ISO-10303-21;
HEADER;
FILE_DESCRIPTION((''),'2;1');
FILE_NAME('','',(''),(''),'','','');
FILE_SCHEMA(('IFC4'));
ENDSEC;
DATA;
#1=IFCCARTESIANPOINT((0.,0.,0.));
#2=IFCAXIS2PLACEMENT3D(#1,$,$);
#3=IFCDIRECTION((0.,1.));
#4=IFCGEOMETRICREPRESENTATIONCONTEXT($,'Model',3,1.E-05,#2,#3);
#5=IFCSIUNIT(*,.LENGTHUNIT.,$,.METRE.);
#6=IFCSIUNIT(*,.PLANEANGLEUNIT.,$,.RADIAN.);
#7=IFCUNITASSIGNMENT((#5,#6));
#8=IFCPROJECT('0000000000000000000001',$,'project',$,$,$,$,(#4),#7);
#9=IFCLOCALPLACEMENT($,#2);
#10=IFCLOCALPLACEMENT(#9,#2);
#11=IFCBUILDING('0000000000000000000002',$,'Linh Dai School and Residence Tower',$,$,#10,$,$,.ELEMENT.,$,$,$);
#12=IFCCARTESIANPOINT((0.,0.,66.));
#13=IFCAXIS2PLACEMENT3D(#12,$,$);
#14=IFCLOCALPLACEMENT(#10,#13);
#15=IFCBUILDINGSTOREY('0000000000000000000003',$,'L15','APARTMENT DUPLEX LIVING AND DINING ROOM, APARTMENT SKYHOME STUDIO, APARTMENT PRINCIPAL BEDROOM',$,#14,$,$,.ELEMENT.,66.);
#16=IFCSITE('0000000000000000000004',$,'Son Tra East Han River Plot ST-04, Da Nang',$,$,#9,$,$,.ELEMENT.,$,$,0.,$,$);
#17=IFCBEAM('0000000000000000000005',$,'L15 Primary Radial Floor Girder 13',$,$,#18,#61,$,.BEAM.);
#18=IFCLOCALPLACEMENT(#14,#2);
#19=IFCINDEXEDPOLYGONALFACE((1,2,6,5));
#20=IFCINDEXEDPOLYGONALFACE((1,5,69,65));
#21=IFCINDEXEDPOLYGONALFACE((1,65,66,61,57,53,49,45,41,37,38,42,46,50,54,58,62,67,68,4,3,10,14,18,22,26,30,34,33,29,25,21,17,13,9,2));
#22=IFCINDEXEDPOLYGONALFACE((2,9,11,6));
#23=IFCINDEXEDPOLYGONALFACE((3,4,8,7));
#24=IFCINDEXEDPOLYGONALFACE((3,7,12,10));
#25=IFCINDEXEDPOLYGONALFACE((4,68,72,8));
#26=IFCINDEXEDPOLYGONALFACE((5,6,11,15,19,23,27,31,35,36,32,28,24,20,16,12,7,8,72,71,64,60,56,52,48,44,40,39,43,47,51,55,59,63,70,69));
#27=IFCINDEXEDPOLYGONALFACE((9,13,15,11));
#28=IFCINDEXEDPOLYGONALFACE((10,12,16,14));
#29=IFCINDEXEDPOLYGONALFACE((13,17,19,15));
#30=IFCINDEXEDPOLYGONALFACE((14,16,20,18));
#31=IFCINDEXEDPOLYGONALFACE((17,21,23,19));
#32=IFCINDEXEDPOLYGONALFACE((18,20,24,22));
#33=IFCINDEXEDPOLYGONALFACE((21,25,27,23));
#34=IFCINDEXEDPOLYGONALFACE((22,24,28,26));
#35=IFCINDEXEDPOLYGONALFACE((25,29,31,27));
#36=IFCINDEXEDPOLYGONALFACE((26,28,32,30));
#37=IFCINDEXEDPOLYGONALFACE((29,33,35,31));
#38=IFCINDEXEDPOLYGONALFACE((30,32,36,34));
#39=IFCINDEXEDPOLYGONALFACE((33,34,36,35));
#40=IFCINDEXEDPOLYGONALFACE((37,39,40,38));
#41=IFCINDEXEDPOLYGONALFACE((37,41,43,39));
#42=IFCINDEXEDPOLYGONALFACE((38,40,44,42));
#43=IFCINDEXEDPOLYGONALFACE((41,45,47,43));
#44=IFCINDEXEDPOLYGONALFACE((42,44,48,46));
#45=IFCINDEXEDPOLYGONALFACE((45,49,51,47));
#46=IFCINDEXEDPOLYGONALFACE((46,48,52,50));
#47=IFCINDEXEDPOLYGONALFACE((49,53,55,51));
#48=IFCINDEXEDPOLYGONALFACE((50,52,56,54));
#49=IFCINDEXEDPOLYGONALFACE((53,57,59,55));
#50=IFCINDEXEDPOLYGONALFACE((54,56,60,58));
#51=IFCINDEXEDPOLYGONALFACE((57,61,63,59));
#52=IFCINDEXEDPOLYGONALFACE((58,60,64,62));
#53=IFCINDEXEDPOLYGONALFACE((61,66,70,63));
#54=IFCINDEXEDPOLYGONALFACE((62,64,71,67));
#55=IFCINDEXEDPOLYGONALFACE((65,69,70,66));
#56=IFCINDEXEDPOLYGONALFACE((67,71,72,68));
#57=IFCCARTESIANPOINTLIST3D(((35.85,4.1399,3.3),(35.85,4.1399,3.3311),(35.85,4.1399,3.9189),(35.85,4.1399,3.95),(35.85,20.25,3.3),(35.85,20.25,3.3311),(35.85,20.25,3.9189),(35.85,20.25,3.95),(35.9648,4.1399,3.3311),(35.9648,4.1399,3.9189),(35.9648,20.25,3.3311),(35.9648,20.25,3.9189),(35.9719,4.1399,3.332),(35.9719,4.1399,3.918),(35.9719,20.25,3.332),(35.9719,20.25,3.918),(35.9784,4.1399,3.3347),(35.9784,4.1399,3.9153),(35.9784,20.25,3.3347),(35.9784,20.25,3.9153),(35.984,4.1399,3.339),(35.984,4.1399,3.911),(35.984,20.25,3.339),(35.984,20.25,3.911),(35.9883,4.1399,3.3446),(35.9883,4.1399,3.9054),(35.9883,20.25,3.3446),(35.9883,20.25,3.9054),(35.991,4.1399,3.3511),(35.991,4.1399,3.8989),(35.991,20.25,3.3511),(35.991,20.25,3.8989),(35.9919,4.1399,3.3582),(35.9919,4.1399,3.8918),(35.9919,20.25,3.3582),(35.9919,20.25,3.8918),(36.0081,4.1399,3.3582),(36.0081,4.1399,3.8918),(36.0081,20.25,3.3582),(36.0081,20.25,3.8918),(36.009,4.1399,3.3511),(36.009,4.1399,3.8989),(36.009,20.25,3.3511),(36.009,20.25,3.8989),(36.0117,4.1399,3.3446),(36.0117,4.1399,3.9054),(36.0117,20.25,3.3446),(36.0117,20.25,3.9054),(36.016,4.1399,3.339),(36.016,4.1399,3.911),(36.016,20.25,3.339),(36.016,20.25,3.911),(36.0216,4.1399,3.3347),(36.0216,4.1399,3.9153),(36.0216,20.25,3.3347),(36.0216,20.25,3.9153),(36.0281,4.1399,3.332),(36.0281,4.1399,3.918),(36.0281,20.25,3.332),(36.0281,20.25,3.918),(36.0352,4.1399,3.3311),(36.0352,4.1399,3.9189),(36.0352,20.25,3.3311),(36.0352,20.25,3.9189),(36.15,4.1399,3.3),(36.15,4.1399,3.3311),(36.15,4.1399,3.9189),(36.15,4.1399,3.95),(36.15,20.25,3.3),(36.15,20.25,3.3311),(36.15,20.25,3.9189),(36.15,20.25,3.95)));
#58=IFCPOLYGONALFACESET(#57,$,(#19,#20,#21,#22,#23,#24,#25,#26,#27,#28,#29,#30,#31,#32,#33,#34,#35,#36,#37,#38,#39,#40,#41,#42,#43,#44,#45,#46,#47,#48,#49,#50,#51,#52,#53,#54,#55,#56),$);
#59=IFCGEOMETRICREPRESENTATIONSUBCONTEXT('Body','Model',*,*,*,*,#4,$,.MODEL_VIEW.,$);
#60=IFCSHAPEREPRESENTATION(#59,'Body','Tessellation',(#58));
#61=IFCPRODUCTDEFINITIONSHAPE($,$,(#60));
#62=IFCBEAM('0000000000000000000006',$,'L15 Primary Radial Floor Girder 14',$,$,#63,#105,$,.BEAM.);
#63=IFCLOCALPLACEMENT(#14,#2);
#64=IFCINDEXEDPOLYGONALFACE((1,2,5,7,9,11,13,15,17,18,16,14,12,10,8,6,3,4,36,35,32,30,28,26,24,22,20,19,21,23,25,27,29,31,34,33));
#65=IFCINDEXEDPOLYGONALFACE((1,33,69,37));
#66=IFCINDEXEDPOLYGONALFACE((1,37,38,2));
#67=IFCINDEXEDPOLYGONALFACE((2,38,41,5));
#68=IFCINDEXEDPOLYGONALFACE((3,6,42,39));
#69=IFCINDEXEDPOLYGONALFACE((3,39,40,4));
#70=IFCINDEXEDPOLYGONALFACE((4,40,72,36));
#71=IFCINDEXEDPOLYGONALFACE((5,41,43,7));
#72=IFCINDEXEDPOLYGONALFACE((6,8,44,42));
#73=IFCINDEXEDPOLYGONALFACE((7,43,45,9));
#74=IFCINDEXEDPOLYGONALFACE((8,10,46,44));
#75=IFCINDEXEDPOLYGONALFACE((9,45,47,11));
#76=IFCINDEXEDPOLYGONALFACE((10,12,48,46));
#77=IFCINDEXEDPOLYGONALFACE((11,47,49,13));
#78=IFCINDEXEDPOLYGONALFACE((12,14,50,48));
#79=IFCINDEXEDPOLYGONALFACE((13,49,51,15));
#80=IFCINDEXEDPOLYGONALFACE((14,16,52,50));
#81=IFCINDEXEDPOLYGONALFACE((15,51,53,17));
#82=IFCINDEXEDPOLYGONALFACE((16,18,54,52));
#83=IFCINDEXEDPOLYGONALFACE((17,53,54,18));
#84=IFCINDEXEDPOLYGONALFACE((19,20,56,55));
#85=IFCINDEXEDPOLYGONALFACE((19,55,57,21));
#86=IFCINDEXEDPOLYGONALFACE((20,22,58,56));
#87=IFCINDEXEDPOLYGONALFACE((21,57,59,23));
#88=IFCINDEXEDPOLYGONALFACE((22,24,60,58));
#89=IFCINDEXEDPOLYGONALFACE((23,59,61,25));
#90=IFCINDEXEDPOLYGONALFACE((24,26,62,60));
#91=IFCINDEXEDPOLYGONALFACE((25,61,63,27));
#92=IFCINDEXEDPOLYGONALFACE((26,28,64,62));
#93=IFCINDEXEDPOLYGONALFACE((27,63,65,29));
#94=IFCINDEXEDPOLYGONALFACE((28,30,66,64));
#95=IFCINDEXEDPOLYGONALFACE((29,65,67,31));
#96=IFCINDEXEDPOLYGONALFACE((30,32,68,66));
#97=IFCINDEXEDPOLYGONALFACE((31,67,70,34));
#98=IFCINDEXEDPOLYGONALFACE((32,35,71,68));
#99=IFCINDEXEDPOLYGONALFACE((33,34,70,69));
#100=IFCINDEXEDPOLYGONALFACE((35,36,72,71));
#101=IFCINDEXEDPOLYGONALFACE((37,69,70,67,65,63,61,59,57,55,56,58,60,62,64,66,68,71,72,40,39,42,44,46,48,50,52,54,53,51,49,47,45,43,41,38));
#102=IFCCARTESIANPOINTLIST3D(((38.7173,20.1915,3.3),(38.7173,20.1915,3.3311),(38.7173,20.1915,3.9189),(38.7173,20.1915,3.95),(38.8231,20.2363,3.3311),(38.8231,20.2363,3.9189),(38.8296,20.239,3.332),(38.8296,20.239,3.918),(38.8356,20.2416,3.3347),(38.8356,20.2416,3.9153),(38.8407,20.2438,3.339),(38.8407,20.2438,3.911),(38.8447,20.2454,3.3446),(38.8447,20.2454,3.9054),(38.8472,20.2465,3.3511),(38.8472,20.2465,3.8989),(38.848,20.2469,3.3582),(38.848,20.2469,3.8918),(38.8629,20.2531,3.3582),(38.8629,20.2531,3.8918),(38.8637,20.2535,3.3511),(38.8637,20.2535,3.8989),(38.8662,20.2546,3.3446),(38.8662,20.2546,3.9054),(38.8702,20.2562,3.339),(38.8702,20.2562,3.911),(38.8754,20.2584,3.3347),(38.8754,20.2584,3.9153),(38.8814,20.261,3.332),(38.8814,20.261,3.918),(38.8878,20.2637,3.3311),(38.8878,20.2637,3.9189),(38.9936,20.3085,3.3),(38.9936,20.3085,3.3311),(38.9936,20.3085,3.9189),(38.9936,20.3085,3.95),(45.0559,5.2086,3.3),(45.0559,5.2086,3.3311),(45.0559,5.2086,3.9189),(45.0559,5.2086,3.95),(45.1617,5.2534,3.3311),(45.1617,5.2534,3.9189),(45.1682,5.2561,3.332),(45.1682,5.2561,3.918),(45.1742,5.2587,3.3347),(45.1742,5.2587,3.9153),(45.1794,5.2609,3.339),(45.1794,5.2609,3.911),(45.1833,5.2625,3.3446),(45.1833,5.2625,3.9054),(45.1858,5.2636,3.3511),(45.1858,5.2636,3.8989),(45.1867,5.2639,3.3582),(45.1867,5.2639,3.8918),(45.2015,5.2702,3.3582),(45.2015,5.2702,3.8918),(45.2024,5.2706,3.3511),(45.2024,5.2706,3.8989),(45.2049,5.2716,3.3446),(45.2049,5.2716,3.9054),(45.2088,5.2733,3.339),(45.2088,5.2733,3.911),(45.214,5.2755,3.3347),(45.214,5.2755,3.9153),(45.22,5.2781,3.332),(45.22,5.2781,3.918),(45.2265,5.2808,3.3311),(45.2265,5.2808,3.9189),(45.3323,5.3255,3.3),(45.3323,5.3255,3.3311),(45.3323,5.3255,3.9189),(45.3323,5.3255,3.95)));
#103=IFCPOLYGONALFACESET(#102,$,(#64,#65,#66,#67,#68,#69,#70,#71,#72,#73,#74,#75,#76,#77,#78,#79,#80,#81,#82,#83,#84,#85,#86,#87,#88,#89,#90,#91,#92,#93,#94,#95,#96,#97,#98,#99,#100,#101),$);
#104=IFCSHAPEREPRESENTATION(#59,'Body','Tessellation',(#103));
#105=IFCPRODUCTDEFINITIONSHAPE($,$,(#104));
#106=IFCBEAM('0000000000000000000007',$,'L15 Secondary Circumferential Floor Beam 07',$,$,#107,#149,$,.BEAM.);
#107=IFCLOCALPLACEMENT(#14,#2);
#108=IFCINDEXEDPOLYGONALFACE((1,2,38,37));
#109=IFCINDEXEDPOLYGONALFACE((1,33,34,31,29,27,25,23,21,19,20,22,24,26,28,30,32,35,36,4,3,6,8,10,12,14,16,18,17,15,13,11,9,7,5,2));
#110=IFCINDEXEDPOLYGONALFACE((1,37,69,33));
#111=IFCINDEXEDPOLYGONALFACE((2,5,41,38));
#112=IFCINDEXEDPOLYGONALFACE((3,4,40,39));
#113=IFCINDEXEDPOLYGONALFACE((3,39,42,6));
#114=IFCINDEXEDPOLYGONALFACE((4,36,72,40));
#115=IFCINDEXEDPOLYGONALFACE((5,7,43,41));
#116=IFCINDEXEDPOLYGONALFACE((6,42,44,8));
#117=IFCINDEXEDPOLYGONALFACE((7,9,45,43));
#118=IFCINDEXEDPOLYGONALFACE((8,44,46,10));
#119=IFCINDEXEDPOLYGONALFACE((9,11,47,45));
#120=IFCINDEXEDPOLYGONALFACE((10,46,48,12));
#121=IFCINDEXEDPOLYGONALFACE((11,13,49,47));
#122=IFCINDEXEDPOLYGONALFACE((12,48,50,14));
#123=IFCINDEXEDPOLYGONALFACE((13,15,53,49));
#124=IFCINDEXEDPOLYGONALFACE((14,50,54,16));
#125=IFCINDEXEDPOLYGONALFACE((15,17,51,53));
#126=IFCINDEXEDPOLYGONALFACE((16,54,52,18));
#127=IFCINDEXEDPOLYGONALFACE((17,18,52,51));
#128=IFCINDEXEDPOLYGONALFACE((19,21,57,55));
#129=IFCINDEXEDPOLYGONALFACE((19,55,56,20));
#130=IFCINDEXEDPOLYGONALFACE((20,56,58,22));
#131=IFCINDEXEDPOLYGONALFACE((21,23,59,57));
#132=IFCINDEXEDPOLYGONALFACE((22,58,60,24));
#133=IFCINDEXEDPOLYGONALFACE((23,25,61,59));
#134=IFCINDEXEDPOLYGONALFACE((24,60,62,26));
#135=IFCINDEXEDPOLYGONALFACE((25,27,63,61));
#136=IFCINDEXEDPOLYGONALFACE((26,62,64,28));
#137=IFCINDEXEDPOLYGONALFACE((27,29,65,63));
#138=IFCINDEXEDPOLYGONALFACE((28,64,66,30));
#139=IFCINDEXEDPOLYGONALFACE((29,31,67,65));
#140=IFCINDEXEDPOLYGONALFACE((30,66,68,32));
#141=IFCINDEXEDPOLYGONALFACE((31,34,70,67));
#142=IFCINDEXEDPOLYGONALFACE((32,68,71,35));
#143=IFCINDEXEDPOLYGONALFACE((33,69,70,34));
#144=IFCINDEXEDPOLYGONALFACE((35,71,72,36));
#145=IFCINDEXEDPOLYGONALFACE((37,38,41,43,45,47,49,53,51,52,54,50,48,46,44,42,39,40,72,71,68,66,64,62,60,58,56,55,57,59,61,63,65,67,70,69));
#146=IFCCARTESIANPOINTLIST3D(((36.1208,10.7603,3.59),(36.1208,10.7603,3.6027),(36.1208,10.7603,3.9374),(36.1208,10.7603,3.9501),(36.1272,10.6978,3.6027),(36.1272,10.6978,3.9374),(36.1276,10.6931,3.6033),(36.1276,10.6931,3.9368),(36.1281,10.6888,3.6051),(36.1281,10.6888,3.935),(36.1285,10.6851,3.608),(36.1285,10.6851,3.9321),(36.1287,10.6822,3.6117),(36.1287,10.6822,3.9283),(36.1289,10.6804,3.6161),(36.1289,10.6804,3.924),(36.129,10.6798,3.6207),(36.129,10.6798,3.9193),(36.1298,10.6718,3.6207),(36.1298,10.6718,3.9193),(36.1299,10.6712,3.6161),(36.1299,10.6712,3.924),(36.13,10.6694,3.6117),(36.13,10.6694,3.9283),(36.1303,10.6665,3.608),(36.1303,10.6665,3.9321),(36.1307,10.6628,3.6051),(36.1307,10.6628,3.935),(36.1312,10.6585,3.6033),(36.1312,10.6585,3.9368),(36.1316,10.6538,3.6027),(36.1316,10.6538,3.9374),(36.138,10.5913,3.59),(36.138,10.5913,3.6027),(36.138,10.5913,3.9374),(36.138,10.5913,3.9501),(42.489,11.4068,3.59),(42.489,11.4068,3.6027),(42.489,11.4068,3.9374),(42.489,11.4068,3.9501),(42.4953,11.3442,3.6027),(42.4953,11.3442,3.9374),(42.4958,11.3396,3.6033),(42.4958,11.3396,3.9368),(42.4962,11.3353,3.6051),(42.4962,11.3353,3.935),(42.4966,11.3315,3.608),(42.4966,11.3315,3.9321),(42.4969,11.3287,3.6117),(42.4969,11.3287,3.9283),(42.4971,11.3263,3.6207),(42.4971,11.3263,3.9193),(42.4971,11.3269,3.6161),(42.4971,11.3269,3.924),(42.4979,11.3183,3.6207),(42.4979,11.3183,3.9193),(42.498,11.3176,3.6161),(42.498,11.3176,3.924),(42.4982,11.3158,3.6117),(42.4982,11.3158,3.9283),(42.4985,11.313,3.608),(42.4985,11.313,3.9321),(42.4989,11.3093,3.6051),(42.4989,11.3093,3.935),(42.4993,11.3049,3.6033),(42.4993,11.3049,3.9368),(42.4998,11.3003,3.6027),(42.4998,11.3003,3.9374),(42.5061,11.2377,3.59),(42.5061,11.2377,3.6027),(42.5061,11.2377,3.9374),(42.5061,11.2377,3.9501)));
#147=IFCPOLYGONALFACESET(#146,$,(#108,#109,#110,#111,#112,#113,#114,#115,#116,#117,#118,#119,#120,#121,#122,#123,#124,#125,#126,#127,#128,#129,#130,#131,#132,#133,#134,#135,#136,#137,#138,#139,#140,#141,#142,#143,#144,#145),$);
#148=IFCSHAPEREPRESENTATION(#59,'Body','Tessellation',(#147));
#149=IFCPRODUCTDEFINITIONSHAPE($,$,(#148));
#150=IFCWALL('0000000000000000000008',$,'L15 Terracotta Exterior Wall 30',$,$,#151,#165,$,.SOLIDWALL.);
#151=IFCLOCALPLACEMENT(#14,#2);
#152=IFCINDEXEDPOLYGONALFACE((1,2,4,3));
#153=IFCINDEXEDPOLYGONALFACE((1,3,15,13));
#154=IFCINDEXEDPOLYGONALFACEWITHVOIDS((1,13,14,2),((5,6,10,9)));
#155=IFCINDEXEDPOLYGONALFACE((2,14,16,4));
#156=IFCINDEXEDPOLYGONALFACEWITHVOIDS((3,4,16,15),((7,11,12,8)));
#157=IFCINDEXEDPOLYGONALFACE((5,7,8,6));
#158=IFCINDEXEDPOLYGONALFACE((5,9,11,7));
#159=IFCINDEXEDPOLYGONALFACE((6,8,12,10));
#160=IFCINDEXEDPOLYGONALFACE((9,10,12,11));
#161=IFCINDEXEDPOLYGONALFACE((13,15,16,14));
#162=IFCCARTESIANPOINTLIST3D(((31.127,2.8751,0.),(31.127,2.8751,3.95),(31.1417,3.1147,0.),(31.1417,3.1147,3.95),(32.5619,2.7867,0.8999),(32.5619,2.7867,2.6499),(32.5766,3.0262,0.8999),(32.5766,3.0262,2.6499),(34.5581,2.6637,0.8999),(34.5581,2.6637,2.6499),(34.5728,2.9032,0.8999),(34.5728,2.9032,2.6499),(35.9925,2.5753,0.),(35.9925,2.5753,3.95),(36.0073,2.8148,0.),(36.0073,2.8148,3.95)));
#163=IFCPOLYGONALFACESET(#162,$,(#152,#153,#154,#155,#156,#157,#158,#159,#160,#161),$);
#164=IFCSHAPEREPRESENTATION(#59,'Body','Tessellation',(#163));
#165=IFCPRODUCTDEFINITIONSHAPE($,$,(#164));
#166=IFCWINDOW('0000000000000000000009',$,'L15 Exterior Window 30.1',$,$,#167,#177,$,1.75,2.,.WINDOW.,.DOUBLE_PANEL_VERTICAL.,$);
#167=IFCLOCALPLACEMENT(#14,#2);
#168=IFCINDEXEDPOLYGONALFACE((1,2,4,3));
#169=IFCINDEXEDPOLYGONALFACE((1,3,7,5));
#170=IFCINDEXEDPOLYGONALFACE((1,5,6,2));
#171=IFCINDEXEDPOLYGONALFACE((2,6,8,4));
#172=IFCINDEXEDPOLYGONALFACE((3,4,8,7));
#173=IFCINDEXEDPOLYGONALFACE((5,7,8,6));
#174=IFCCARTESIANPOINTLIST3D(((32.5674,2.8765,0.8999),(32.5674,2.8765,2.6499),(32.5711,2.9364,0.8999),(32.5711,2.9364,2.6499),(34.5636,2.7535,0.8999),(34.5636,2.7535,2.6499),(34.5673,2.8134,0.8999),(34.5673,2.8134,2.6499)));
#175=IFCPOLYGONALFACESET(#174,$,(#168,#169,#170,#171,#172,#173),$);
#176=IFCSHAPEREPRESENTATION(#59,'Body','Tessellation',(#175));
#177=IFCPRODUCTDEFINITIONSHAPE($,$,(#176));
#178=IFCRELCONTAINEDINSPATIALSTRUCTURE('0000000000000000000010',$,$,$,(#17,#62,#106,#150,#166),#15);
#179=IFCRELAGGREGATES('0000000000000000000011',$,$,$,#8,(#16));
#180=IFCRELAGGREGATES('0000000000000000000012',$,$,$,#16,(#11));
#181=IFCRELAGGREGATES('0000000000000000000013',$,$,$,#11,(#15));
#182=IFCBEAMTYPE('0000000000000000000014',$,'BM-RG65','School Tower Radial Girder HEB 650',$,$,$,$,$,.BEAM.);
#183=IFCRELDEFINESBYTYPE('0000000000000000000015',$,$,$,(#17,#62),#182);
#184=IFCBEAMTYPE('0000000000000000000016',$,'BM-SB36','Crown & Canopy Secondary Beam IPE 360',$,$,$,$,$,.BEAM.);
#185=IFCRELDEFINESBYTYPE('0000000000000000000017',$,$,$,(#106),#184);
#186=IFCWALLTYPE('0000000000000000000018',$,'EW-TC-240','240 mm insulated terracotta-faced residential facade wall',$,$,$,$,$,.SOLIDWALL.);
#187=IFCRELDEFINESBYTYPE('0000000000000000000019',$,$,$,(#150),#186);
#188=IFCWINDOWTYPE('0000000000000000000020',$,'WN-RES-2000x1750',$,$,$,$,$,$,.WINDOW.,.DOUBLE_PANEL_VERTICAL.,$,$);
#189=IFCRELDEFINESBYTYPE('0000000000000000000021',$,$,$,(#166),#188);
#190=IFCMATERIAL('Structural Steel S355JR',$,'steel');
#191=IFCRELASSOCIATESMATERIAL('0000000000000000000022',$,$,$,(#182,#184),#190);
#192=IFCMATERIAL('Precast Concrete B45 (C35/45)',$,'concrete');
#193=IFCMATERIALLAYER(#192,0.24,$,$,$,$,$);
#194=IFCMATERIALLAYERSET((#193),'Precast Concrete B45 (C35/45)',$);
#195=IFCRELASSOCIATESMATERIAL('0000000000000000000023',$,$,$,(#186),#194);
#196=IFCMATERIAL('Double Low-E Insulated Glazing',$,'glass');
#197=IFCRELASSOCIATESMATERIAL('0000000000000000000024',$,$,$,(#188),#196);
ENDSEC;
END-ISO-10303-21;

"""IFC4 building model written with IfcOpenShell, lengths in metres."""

from ifc_helpers import new_model, si_unit, direction, frame, frame_2d, origin, origin_2d, place, context, subcontext, project, spatial, rectangle, i_section, extrude, source, transform, mapped, material, layer, layer_set, material_profile, profile_set, type_object, element, fill, save


model = new_model("IFC4")

# Units and contexts
model_context = context("Model", 3, precision=1e-05, world=origin(), true_north=direction((0.0, 1.0)))
body_context = subcontext(model_context, "Body", "Model", "MODEL_VIEW")
ifc_project = project(units=[si_unit("LENGTHUNIT", "METRE"), si_unit("PLANEANGLEUNIT", "RADIAN")], contexts=[model_context])

# Site, building, storey
site_placement = place(None, origin())
site = spatial("IfcSite", under=ifc_project, at=site_placement, Name="Son Tra East Han River Plot ST-04, Da Nang", CompositionType="ELEMENT", RefElevation=0.0)
building_placement = place(site_placement, origin())
building = spatial("IfcBuilding", under=site, at=building_placement, Name="Linh Dai School and Residence Tower", CompositionType="ELEMENT")
storey_placement = place(building_placement, frame((0.0, 0.0, 66.0)))
storey = spatial("IfcBuildingStorey", under=building, at=storey_placement, Name="L15", Description="APARTMENT DUPLEX LIVING AND DINING ROOM, APARTMENT SKYHOME STUDIO, APARTMENT PRINCIPAL BEDROOM", CompositionType="ELEMENT", Elevation=66.0)

# Shared definitions
ifc_material_1 = material(Name="Structural Steel S355JR", Category="steel")

# Beams
ifc_material_profile_1 = material_profile(ifc_material_1, i_section(OverallWidth=0.3, OverallDepth=0.6499, WebThickness=0.0161, FlangeThickness=0.031, FilletRadius=0.0271, at=origin_2d()), Name="HEB 650")
ifc_profile_set_1 = profile_set([ifc_material_profile_1], Name="Structural Steel S355JR")
beam_type_1 = type_object("IfcBeamType", Name="BM-RG65", Description="School Tower Radial Girder HEB 650", PredefinedType="BEAM", material=ifc_profile_set_1)
beam_1_placement = place(storey_placement, frame((36.0, 20.25, 3.625), z_axis=(0.0, -1.0, 0.0), x_axis=(1.0, 0.0, 0.0)))
element("IfcBeam", 1, at=beam_1_placement, inside=storey, type_object=beam_type_1, Name="L15 Primary Radial Floor Girder 13", PredefinedType="BEAM", context=body_context, shape_type="SweptSolid", body=[
    extrude(i_section(OverallWidth=0.3, OverallDepth=0.6499, WebThickness=0.0161, FlangeThickness=0.031, FilletRadius=0.0271, at=origin_2d()), origin(), (0.0, 0.0, 1.0), 16.1101),
])
beam_2_placement = place(storey_placement, frame((38.8555, 20.25, 3.625), z_axis=(0.389624, -0.920974, 0.0), x_axis=(0.920974, 0.389624, 0.0)))
element("IfcBeam", 2, at=beam_2_placement, inside=storey, type_object=beam_type_1, Name="L15 Primary Radial Floor Girder 14", PredefinedType="BEAM", context=body_context, shape_type="SweptSolid", body=[
    extrude(i_section(OverallWidth=0.3, OverallDepth=0.6499, WebThickness=0.0161, FlangeThickness=0.031, FilletRadius=0.0271, at=origin_2d()), origin(), (0.0, 0.0, 1.0), 16.2686),
])
ifc_material_profile_2 = material_profile(ifc_material_1, i_section(OverallWidth=0.1699, OverallDepth=0.3601, WebThickness=0.0081, FlangeThickness=0.0127, FilletRadius=0.0181, at=origin_2d()), Name="IPE 360")
ifc_profile_set_2 = profile_set([ifc_material_profile_2], Name="Structural Steel S355JR")
beam_type_2 = type_object("IfcBeamType", Name="BM-SB36", Description="Crown & Canopy Secondary Beam IPE 360", PredefinedType="BEAM", material=ifc_profile_set_2)
beam_3_placement = place(storey_placement, frame((36.1294, 10.6758, 3.77), z_axis=(0.994887, 0.100999, 0.0), x_axis=(-0.100999, 0.994887, 0.0)))
element("IfcBeam", 3, at=beam_3_placement, inside=storey, type_object=beam_type_2, Name="L15 Secondary Circumferential Floor Beam 07", PredefinedType="BEAM", context=body_context, shape_type="SweptSolid", body=[
    extrude(i_section(OverallWidth=0.1699, OverallDepth=0.3601, WebThickness=0.0081, FlangeThickness=0.0127, FilletRadius=0.0181, at=origin_2d()), origin(), (0.0, 0.0, 1.0), 6.4009),
])

# Wall, opening, window
ifc_material_2 = material(Name="Precast Concrete B45 (C35/45)", Category="concrete")
ifc_layer_1 = layer(ifc_material_2, 0.24)
ifc_layer_set_1 = layer_set([ifc_layer_1], Name="Precast Concrete B45 (C35/45)")
wall_type_1 = type_object("IfcWallType", Name="EW-TC-240", Description="240 mm insulated terracotta-faced residential facade wall", PredefinedType="SOLIDWALL", material=ifc_layer_set_1)
wall_1_placement = place(storey_placement, frame((36.0, 2.6951, 0.0), z_axis=(0.0, 0.0, 1.0), x_axis=(-0.998107, 0.061502, 0.0)))
wall_1 = element("IfcWall", 4, at=wall_1_placement, inside=storey, type_object=wall_type_1, Name="L15 Terracotta Exterior Wall 30", PredefinedType="SOLIDWALL", context=body_context, shape_type="SweptSolid", body=[
    extrude(rectangle(XDim=4.8748, YDim=0.24, at=frame_2d((2.4375, 0.0))), origin(), (0.0, 0.0, 1.0), 3.95),
])
opening_1_placement = place(wall_1_placement, frame((1.4373, 0.0, 0.8999)))
opening_1 = element("IfcOpeningElement", 5, at=opening_1_placement, cuts=wall_1, PredefinedType="OPENING", context=body_context, shape_type="SweptSolid", body=[
    extrude(rectangle(XDim=2.0, YDim=1.75, at=origin_2d()), frame((1.0, 0.1299, 0.875), z_axis=(0.0, -1.0, 0.0), x_axis=(1.0, 0.0, 0.0)), (0.0, 0.0, 1.0), 0.26),
])
ifc_material_3 = material(Name="Double Low-E Insulated Glazing", Category="glass")
window_type = type_object("IfcWindowType", Name="WN-RES-2000x1750", PartitioningType="DOUBLE_PANEL_VERTICAL", PredefinedType="WINDOW", material=ifc_material_3)
shared_shape_1 = source(origin(), body_context, "Body", "SweptSolid", [
    extrude(rectangle(XDim=2.0, YDim=1.75, at=origin_2d()), frame((1.0, 0.03, 0.875), z_axis=(0.0, -1.0, 0.0), x_axis=(1.0, 0.0, 0.0)), (0.0, 0.0, 1.0), 0.0601),
])
window_placement = place(opening_1_placement, origin())
window = element("IfcWindow", 6, at=window_placement, inside=storey, type_object=window_type, Name="L15 Exterior Window 30.1", OverallHeight=1.75, OverallWidth=2.0, PartitioningType="DOUBLE_PANEL_VERTICAL", PredefinedType="WINDOW", context=body_context, shape_type="MappedRepresentation", body=[
    mapped(shared_shape_1, transform((0.0, 0.0, 0.0), x_axis=(1.0, 0.0, 0.0), y_axis=(0.0, 1.0, 0.0), z_axis=(0.0, 0.0, 1.0), scale=1.0)),
])
fill(opening_1, window)

save(model, "model.ifc")
